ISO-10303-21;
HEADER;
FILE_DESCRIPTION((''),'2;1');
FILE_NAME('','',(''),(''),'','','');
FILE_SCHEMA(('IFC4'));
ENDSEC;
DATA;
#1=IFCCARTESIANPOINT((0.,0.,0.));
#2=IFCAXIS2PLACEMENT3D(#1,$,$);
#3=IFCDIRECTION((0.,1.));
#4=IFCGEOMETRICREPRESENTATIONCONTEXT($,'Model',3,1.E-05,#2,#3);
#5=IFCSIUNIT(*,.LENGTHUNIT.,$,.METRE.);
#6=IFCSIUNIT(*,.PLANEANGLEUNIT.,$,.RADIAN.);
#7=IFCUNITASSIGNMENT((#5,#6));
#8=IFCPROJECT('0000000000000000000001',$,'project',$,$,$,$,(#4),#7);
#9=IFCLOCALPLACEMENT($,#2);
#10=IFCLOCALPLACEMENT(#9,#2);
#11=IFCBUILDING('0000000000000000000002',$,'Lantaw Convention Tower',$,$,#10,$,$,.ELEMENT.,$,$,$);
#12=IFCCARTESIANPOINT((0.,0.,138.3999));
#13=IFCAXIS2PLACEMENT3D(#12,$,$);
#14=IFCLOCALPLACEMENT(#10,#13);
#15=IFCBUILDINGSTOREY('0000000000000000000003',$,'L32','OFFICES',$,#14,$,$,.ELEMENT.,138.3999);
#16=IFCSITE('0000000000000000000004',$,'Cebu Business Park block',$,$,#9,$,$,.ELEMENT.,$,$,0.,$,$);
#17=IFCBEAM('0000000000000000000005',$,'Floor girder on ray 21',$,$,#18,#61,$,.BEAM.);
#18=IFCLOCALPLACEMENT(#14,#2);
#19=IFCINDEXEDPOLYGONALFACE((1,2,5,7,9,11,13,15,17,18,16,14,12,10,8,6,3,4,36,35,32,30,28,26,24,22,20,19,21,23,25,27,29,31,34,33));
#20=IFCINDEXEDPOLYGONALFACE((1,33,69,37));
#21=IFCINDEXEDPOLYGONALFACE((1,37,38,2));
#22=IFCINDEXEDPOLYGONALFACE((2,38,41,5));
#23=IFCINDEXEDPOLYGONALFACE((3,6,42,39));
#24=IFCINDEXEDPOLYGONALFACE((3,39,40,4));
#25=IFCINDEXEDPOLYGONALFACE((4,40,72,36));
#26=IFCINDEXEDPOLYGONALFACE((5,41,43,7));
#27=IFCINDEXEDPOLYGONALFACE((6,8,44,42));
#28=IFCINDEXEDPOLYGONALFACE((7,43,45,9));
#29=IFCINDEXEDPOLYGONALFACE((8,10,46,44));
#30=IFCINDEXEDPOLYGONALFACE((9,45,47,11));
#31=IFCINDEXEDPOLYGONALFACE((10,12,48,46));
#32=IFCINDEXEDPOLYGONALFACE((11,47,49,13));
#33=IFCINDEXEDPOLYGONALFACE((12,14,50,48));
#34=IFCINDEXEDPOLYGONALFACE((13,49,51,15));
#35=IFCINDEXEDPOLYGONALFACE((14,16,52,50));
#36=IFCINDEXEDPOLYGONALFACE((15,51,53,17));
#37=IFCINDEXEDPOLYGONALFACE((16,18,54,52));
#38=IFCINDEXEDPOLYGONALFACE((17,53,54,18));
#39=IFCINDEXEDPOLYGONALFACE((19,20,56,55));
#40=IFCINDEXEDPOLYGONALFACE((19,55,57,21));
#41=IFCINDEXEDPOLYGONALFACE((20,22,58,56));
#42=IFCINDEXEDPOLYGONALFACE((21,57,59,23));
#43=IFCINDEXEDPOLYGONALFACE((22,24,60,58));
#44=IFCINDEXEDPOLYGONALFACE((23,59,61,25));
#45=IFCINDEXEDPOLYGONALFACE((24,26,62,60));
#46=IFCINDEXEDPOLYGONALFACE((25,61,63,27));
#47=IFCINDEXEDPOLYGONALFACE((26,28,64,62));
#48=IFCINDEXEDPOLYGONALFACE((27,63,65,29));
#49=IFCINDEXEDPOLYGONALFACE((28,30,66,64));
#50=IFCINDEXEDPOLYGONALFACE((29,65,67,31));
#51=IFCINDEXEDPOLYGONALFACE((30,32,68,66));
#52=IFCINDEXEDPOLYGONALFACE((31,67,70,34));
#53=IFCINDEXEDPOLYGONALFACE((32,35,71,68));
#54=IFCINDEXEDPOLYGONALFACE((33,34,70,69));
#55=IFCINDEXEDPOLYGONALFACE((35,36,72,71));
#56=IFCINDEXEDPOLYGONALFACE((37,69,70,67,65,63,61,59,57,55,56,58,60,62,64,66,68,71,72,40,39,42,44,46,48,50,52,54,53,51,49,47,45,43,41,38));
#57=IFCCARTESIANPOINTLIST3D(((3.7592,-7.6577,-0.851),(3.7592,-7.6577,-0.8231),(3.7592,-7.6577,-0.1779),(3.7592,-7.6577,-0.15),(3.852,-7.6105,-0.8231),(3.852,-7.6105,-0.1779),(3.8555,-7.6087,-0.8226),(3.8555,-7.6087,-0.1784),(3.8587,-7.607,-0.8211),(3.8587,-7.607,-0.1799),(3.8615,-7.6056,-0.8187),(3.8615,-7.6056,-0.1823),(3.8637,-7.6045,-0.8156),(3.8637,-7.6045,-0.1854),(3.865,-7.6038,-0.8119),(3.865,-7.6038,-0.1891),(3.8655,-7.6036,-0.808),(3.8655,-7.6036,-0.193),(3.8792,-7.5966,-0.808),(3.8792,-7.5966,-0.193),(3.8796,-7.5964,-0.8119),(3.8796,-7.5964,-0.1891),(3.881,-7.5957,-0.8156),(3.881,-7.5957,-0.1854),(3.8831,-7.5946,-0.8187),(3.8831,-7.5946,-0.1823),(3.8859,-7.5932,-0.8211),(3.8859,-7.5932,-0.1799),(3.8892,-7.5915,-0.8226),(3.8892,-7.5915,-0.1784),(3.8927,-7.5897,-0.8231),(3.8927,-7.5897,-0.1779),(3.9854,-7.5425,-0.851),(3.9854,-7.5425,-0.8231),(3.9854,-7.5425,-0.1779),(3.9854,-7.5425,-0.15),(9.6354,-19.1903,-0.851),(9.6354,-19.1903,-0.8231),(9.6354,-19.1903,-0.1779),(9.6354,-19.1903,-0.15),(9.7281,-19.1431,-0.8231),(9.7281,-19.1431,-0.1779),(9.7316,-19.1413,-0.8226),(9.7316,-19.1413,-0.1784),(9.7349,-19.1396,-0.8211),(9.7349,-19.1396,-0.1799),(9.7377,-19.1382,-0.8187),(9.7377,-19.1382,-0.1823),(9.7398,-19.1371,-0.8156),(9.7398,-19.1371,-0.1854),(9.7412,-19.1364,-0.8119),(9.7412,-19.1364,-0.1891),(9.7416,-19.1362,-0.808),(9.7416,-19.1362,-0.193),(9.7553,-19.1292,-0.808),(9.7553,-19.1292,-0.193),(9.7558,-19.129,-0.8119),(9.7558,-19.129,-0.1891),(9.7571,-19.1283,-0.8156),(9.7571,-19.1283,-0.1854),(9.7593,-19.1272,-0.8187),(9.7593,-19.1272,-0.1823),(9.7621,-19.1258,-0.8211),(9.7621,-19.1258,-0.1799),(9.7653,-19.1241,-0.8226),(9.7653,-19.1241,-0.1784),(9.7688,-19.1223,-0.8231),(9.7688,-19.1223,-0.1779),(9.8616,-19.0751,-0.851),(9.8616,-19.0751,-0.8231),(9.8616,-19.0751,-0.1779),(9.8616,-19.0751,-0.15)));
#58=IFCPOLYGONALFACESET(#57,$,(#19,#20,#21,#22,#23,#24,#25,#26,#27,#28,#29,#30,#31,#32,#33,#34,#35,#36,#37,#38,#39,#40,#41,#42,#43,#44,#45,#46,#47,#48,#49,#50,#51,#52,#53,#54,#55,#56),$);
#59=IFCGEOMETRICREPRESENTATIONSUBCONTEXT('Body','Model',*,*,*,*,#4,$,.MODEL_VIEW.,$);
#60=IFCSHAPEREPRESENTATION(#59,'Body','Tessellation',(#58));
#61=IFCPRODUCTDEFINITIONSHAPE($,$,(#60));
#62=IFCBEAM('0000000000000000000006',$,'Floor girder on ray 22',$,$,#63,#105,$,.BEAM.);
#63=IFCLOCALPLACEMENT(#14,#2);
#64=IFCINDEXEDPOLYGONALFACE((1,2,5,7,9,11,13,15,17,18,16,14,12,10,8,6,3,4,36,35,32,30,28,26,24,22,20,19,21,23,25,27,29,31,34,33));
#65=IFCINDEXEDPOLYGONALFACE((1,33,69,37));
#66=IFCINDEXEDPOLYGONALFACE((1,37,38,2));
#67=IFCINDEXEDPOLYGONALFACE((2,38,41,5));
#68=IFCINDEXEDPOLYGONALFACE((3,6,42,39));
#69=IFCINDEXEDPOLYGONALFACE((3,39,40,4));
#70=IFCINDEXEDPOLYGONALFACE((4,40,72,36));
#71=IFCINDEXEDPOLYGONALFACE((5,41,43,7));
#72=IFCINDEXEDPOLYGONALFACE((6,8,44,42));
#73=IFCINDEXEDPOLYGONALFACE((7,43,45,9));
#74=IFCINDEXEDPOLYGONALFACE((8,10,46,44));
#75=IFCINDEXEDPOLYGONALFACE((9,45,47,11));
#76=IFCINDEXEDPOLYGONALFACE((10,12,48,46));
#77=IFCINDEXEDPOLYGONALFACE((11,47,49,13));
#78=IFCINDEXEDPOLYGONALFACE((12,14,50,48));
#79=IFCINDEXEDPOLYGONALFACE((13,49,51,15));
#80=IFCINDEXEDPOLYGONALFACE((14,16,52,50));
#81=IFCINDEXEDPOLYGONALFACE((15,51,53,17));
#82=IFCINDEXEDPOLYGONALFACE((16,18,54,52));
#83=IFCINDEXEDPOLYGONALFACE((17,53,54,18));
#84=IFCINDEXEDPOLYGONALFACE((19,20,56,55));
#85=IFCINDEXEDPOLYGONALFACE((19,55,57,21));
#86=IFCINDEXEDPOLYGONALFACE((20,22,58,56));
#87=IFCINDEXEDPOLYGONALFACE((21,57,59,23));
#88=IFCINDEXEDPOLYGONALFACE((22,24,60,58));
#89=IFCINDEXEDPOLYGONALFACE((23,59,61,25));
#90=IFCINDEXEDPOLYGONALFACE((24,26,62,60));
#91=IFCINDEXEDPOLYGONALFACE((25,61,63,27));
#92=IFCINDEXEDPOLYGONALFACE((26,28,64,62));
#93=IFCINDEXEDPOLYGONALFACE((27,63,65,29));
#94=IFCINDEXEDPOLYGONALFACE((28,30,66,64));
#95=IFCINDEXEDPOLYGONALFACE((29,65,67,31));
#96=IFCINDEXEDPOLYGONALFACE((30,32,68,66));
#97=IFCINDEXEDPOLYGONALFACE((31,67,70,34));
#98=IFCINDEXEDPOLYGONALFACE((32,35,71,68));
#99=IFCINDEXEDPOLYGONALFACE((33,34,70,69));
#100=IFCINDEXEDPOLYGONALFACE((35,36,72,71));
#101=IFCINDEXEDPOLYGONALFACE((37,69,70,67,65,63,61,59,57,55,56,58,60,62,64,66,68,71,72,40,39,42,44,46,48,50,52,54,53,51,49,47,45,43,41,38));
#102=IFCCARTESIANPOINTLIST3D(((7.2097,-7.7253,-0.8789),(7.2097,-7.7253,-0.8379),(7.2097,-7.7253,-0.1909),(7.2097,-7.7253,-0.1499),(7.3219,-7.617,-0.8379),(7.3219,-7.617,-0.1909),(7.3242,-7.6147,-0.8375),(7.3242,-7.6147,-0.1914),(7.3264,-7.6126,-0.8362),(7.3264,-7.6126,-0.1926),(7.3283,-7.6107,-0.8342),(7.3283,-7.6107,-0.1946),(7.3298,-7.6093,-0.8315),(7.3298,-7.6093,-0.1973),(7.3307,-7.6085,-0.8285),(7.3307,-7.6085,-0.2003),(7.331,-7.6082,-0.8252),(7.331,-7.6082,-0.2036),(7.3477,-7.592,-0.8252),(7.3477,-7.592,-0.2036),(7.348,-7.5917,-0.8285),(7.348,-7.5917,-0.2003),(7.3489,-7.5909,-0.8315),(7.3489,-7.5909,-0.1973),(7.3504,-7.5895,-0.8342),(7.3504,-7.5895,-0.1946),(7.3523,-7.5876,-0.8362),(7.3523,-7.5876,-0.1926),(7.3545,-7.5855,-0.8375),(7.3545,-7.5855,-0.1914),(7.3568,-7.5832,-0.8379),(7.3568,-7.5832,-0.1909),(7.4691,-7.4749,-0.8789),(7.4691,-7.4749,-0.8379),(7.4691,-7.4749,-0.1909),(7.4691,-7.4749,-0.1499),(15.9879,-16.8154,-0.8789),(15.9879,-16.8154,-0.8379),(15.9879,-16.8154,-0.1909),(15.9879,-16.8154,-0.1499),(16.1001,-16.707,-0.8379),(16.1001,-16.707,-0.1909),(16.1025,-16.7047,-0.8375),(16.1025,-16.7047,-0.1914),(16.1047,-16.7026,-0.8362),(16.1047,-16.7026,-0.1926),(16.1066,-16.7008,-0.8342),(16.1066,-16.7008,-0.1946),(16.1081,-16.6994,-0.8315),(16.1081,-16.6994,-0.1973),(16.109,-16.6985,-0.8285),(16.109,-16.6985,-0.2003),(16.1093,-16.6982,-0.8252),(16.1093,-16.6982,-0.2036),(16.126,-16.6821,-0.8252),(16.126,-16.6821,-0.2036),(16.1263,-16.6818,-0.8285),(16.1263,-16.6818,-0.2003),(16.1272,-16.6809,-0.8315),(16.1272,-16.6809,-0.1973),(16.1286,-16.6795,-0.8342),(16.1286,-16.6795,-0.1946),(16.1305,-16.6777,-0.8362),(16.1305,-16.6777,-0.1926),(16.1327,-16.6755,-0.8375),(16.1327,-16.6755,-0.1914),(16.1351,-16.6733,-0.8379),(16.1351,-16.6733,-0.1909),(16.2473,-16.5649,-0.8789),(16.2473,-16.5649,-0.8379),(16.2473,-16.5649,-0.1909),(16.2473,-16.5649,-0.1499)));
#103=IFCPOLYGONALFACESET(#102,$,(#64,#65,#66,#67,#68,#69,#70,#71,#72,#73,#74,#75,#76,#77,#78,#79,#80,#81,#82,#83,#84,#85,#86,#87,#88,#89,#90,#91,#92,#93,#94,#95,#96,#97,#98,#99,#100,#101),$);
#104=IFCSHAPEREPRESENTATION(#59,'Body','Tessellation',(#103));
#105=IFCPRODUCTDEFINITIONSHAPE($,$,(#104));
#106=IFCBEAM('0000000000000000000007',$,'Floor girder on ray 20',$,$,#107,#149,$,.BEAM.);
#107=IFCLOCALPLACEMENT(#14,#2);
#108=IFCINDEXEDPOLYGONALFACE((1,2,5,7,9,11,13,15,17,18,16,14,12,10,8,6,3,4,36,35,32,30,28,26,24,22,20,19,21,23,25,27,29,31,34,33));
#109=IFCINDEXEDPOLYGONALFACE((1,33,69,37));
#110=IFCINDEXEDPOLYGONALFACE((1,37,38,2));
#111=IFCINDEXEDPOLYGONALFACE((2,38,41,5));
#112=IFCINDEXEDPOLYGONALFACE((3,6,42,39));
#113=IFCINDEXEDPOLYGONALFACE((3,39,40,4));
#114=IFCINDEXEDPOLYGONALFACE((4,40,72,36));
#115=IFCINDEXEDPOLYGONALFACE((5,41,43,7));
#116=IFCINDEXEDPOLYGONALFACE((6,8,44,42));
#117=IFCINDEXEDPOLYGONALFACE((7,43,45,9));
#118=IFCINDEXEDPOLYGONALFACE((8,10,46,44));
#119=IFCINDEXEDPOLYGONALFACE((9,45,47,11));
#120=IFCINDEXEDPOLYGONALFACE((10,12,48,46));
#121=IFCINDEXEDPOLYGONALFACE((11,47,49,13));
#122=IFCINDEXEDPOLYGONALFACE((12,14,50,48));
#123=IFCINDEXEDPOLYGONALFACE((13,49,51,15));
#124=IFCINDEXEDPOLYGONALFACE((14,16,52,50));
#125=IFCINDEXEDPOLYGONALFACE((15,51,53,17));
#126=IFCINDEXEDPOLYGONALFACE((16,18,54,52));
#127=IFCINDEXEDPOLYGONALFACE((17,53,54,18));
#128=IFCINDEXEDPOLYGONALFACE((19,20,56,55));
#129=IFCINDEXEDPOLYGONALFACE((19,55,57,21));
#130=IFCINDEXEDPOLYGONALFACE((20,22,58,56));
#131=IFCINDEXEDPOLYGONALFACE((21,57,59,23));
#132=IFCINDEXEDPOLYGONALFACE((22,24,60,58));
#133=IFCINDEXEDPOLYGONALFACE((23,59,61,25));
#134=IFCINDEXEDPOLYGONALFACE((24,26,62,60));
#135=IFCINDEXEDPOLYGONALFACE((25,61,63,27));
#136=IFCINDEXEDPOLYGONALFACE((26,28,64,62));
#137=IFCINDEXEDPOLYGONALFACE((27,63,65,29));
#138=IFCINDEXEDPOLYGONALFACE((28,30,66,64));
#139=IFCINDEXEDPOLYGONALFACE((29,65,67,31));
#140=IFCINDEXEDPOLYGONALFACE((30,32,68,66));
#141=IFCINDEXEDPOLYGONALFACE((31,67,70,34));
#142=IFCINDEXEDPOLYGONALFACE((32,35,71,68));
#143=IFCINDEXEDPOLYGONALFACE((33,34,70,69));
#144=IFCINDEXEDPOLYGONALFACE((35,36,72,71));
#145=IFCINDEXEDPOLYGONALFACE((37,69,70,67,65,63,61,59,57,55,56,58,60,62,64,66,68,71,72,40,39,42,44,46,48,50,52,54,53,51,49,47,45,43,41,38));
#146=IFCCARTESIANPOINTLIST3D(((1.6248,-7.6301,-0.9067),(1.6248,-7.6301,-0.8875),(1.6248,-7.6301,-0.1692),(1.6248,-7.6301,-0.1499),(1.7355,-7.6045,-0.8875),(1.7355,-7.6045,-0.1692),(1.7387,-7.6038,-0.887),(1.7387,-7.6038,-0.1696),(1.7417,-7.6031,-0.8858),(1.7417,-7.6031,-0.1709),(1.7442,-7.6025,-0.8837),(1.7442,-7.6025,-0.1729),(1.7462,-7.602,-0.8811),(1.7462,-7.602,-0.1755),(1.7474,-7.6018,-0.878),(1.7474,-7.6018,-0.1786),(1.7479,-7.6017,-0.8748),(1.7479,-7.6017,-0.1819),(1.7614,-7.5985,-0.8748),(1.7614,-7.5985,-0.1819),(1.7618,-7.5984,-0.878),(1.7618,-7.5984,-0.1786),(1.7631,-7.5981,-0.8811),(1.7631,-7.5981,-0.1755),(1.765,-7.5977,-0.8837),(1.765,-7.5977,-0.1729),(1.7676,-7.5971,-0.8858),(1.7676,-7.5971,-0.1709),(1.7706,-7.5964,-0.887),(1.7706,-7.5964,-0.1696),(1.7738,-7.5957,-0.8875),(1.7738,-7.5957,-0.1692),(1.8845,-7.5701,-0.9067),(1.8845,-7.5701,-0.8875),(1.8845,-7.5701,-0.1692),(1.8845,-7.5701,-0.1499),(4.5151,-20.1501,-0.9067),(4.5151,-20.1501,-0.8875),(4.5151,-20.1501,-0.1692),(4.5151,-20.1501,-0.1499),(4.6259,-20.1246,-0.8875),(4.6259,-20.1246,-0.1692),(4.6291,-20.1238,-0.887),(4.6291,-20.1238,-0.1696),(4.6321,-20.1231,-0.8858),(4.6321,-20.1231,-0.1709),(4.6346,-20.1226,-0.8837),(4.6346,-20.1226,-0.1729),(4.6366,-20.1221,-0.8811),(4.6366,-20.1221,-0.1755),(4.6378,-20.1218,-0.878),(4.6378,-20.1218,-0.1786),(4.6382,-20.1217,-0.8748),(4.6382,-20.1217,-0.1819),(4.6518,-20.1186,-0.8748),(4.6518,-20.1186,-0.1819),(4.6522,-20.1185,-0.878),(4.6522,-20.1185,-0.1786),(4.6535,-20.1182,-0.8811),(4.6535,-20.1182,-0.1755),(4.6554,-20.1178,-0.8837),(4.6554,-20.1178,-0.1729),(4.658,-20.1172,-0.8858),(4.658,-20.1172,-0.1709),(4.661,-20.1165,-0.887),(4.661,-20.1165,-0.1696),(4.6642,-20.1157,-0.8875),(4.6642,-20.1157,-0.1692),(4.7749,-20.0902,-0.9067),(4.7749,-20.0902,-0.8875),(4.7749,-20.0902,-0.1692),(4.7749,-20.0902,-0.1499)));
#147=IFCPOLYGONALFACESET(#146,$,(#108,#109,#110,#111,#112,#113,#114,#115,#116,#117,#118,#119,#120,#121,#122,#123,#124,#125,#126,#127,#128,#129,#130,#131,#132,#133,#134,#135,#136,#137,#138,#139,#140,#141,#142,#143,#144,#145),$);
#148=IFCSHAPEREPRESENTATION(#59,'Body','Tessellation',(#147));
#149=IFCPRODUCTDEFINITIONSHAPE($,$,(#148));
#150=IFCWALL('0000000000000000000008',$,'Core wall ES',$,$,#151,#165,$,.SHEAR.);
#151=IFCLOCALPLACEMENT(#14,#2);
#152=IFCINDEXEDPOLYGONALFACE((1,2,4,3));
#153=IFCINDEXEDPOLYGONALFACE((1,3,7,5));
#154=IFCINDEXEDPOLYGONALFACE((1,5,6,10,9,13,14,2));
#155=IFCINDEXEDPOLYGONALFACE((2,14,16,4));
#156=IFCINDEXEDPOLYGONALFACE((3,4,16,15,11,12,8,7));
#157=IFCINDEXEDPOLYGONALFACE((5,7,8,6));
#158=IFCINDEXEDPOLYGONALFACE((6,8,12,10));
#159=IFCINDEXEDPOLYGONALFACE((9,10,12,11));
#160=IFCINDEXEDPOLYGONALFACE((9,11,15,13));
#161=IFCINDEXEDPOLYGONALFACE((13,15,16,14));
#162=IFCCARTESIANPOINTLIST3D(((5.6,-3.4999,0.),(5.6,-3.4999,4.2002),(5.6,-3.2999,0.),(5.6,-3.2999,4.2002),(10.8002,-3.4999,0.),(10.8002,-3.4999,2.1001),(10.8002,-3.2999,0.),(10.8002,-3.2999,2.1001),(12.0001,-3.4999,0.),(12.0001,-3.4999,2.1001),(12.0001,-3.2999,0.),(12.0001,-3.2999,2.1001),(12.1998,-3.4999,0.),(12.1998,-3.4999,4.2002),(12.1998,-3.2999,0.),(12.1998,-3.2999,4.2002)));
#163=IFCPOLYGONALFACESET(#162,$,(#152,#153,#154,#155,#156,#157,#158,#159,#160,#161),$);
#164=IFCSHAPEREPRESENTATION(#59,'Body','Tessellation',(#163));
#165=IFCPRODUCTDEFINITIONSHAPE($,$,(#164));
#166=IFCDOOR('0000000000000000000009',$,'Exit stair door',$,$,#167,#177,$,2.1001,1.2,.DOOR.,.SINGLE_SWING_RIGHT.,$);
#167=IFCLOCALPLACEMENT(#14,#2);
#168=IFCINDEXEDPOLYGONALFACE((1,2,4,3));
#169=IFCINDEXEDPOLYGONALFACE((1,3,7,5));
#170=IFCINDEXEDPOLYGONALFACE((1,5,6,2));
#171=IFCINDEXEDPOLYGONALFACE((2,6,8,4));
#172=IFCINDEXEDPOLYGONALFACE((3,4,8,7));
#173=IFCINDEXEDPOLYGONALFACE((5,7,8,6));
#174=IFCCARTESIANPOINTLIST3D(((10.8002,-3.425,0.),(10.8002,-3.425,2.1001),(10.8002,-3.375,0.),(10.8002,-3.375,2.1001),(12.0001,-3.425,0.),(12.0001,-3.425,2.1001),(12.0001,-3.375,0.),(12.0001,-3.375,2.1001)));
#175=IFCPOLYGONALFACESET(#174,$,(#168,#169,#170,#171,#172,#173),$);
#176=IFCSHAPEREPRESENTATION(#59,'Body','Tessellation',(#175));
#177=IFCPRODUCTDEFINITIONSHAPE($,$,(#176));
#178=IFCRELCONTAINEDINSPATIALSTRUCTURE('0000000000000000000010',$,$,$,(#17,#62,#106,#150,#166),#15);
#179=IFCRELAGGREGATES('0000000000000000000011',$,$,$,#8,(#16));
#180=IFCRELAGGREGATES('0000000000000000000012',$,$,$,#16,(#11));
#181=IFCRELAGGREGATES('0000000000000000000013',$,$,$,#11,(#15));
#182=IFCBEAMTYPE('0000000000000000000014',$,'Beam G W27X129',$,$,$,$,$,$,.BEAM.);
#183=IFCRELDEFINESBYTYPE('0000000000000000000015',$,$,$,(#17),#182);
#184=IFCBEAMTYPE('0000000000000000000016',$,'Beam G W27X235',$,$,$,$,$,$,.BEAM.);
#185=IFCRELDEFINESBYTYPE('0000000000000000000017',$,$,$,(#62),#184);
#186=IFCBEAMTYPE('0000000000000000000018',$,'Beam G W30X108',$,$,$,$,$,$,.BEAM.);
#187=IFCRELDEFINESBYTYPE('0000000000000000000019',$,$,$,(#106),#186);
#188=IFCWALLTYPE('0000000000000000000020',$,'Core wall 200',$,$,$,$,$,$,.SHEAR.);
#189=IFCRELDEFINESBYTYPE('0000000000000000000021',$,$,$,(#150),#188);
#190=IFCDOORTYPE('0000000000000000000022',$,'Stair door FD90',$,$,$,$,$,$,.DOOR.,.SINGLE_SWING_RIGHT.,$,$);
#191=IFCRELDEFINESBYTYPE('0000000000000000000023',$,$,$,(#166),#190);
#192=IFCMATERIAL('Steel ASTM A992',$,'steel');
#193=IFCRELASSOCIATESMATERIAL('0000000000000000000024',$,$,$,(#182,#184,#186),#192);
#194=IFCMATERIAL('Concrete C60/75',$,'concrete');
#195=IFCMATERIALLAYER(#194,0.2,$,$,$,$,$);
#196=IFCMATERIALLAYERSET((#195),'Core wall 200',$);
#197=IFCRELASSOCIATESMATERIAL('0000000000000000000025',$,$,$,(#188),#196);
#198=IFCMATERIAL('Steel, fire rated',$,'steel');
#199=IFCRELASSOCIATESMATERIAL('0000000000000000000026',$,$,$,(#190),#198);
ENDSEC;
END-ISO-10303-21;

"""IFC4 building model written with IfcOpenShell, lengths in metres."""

from ifc_helpers import new_model, si_unit, direction, frame, frame_2d, origin, origin_2d, place, context, subcontext, project, spatial, rectangle, i_section, extrude, material, layer, layer_set, material_profile, profile_set, type_object, element, fill, save


model = new_model("IFC4")

# Units and contexts
model_context = context("Model", 3, precision=1e-05, world=origin(), true_north=direction((0.0, 1.0)))
body_context = subcontext(model_context, "Body", "Model", "MODEL_VIEW")
ifc_project = project(units=[si_unit("LENGTHUNIT", "METRE"), si_unit("PLANEANGLEUNIT", "RADIAN")], contexts=[model_context])

# Site, building, storey
site_placement = place(None, origin())
site = spatial("IfcSite", under=ifc_project, at=site_placement, Name="Cebu Business Park block", CompositionType="ELEMENT", RefElevation=0.0)
building_placement = place(site_placement, origin())
building = spatial("IfcBuilding", under=site, at=building_placement, Name="Lantaw Convention Tower", CompositionType="ELEMENT")
storey_placement = place(building_placement, frame((0.0, 0.0, 138.3999)))
storey = spatial("IfcBuildingStorey", under=building, at=storey_placement, Name="L32", Description="OFFICES", CompositionType="ELEMENT", Elevation=138.3999)

# Beams
ifc_material_1 = material(Name="Steel ASTM A992", Category="steel")
ifc_material_profile_1 = material_profile(ifc_material_1, i_section(OverallWidth=0.2539, OverallDepth=0.7009, WebThickness=0.0154, FlangeThickness=0.0278, FilletRadius=0.0151, at=origin_2d()), Name="W27X129")
ifc_profile_set_1 = profile_set([ifc_material_profile_1], Name="Steel ASTM A992")
beam_type_1 = type_object("IfcBeamType", Name="Beam G W27X129", PredefinedType="BEAM", material=ifc_profile_set_1)
beam_1_placement = place(storey_placement, frame((3.8723, -7.6001, -0.5005), z_axis=(0.453991, -0.891006, 0.0), x_axis=(0.891006, 0.453991, 0.0)))
element("IfcBeam", 1, at=beam_1_placement, inside=storey, type_object=beam_type_1, Name="Floor girder on ray 21", PredefinedType="BEAM", context=body_context, shape_type="SweptSolid", body=[
    extrude(i_section(OverallWidth=0.2539, OverallDepth=0.7009, WebThickness=0.0154, FlangeThickness=0.0278, FilletRadius=0.0151, at=origin_2d()), origin(), (0.0, 0.0, 1.0), 12.9434),
])
ifc_material_profile_2 = material_profile(ifc_material_1, i_section(OverallWidth=0.3606, OverallDepth=0.729, WebThickness=0.0232, FlangeThickness=0.041, FilletRadius=0.0127, at=origin_2d()), Name="W27X235")
ifc_profile_set_2 = profile_set([ifc_material_profile_2], Name="Steel ASTM A992")
beam_type_2 = type_object("IfcBeamType", Name="Beam G W27X235", PredefinedType="BEAM", material=ifc_profile_set_2)
beam_2_placement = place(storey_placement, frame((7.3394, -7.6001, -0.5144), z_axis=(0.694663, -0.719335, 0.0), x_axis=(0.719335, 0.694663, 0.0)))
element("IfcBeam", 2, at=beam_2_placement, inside=storey, type_object=beam_type_2, Name="Floor girder on ray 22", PredefinedType="BEAM", context=body_context, shape_type="SweptSolid", body=[
    extrude(i_section(OverallWidth=0.3606, OverallDepth=0.729, WebThickness=0.0232, FlangeThickness=0.041, FilletRadius=0.0127, at=origin_2d()), origin(), (0.0, 0.0, 1.0), 12.6367),
])
ifc_material_profile_3 = material_profile(ifc_material_1, i_section(OverallWidth=0.2666, OverallDepth=0.7568, WebThickness=0.0139, FlangeThickness=0.0193, FilletRadius=0.0127, at=origin_2d()), Name="W30X108")
ifc_profile_set_3 = profile_set([ifc_material_profile_3], Name="Steel ASTM A992")
beam_type_3 = type_object("IfcBeamType", Name="Beam G W30X108", PredefinedType="BEAM", material=ifc_profile_set_3)
beam_3_placement = place(storey_placement, frame((1.7546, -7.6001, -0.5283), z_axis=(0.224944, -0.974372, 0.0), x_axis=(0.974372, 0.224944, 0.0)))
element("IfcBeam", 3, at=beam_3_placement, inside=storey, type_object=beam_type_3, Name="Floor girder on ray 20", PredefinedType="BEAM", context=body_context, shape_type="SweptSolid", body=[
    extrude(i_section(OverallWidth=0.2666, OverallDepth=0.7568, WebThickness=0.0139, FlangeThickness=0.0193, FilletRadius=0.0127, at=origin_2d()), origin(), (0.0, 0.0, 1.0), 12.8494),
])

# Wall, opening, door
ifc_material_2 = material(Name="Concrete C60/75", Category="concrete")
ifc_layer_1 = layer(ifc_material_2, 0.2)
ifc_layer_set_1 = layer_set([ifc_layer_1], Name="Core wall 200")
wall_type_1 = type_object("IfcWallType", Name="Core wall 200", PredefinedType="SHEAR", material=ifc_layer_set_1)
wall_1_placement = place(storey_placement, frame((5.6001, -3.3999, 0.0), z_axis=(0.0, 0.0, 1.0), x_axis=(1.0, 0.0, 0.0)))
wall_1 = element("IfcWall", 4, at=wall_1_placement, inside=storey, type_object=wall_type_1, Name="Core wall ES", PredefinedType="SHEAR", context=body_context, shape_type="SweptSolid", body=[
    extrude(rectangle(XDim=6.5999, YDim=0.2, at=frame_2d((3.2998, 0.0))), origin(), (0.0, 0.0, 1.0), 4.2002),
])
opening_1_placement = place(wall_1_placement, frame((5.2, 0.0, 0.0)))
opening_1 = element("IfcOpeningElement", 5, at=opening_1_placement, cuts=wall_1, PredefinedType="OPENING", context=body_context, shape_type="SweptSolid", body=[
    extrude(rectangle(XDim=1.2, YDim=2.1001, at=frame_2d((0.6001, 1.05))), frame((0.0, 0.1099, 0.0), z_axis=(0.0, -1.0, 0.0), x_axis=(1.0, 0.0, 0.0)), (0.0, 0.0, 1.0), 0.22),
])
ifc_material_3 = material(Name="Steel, fire rated", Category="steel")
door_type_1 = type_object("IfcDoorType", Name="Stair door FD90", OperationType="SINGLE_SWING_RIGHT", PredefinedType="DOOR", material=ifc_material_3)
door_1_placement = place(opening_1_placement, origin())
door_1 = element("IfcDoor", 6, at=door_1_placement, inside=storey, type_object=door_type_1, Name="Exit stair door", OperationType="SINGLE_SWING_RIGHT", OverallHeight=2.1001, OverallWidth=1.2, PredefinedType="DOOR", context=body_context, shape_type="SweptSolid", body=[
    extrude(rectangle(XDim=1.2, YDim=2.1001, at=frame_2d((0.6001, 1.05))), frame((0.0, 0.0249, 0.0), z_axis=(0.0, -1.0, 0.0), x_axis=(1.0, 0.0, 0.0)), (0.0, 0.0, 1.0), 0.05),
])
fill(opening_1, door_1)

save(model, "model.ifc")
